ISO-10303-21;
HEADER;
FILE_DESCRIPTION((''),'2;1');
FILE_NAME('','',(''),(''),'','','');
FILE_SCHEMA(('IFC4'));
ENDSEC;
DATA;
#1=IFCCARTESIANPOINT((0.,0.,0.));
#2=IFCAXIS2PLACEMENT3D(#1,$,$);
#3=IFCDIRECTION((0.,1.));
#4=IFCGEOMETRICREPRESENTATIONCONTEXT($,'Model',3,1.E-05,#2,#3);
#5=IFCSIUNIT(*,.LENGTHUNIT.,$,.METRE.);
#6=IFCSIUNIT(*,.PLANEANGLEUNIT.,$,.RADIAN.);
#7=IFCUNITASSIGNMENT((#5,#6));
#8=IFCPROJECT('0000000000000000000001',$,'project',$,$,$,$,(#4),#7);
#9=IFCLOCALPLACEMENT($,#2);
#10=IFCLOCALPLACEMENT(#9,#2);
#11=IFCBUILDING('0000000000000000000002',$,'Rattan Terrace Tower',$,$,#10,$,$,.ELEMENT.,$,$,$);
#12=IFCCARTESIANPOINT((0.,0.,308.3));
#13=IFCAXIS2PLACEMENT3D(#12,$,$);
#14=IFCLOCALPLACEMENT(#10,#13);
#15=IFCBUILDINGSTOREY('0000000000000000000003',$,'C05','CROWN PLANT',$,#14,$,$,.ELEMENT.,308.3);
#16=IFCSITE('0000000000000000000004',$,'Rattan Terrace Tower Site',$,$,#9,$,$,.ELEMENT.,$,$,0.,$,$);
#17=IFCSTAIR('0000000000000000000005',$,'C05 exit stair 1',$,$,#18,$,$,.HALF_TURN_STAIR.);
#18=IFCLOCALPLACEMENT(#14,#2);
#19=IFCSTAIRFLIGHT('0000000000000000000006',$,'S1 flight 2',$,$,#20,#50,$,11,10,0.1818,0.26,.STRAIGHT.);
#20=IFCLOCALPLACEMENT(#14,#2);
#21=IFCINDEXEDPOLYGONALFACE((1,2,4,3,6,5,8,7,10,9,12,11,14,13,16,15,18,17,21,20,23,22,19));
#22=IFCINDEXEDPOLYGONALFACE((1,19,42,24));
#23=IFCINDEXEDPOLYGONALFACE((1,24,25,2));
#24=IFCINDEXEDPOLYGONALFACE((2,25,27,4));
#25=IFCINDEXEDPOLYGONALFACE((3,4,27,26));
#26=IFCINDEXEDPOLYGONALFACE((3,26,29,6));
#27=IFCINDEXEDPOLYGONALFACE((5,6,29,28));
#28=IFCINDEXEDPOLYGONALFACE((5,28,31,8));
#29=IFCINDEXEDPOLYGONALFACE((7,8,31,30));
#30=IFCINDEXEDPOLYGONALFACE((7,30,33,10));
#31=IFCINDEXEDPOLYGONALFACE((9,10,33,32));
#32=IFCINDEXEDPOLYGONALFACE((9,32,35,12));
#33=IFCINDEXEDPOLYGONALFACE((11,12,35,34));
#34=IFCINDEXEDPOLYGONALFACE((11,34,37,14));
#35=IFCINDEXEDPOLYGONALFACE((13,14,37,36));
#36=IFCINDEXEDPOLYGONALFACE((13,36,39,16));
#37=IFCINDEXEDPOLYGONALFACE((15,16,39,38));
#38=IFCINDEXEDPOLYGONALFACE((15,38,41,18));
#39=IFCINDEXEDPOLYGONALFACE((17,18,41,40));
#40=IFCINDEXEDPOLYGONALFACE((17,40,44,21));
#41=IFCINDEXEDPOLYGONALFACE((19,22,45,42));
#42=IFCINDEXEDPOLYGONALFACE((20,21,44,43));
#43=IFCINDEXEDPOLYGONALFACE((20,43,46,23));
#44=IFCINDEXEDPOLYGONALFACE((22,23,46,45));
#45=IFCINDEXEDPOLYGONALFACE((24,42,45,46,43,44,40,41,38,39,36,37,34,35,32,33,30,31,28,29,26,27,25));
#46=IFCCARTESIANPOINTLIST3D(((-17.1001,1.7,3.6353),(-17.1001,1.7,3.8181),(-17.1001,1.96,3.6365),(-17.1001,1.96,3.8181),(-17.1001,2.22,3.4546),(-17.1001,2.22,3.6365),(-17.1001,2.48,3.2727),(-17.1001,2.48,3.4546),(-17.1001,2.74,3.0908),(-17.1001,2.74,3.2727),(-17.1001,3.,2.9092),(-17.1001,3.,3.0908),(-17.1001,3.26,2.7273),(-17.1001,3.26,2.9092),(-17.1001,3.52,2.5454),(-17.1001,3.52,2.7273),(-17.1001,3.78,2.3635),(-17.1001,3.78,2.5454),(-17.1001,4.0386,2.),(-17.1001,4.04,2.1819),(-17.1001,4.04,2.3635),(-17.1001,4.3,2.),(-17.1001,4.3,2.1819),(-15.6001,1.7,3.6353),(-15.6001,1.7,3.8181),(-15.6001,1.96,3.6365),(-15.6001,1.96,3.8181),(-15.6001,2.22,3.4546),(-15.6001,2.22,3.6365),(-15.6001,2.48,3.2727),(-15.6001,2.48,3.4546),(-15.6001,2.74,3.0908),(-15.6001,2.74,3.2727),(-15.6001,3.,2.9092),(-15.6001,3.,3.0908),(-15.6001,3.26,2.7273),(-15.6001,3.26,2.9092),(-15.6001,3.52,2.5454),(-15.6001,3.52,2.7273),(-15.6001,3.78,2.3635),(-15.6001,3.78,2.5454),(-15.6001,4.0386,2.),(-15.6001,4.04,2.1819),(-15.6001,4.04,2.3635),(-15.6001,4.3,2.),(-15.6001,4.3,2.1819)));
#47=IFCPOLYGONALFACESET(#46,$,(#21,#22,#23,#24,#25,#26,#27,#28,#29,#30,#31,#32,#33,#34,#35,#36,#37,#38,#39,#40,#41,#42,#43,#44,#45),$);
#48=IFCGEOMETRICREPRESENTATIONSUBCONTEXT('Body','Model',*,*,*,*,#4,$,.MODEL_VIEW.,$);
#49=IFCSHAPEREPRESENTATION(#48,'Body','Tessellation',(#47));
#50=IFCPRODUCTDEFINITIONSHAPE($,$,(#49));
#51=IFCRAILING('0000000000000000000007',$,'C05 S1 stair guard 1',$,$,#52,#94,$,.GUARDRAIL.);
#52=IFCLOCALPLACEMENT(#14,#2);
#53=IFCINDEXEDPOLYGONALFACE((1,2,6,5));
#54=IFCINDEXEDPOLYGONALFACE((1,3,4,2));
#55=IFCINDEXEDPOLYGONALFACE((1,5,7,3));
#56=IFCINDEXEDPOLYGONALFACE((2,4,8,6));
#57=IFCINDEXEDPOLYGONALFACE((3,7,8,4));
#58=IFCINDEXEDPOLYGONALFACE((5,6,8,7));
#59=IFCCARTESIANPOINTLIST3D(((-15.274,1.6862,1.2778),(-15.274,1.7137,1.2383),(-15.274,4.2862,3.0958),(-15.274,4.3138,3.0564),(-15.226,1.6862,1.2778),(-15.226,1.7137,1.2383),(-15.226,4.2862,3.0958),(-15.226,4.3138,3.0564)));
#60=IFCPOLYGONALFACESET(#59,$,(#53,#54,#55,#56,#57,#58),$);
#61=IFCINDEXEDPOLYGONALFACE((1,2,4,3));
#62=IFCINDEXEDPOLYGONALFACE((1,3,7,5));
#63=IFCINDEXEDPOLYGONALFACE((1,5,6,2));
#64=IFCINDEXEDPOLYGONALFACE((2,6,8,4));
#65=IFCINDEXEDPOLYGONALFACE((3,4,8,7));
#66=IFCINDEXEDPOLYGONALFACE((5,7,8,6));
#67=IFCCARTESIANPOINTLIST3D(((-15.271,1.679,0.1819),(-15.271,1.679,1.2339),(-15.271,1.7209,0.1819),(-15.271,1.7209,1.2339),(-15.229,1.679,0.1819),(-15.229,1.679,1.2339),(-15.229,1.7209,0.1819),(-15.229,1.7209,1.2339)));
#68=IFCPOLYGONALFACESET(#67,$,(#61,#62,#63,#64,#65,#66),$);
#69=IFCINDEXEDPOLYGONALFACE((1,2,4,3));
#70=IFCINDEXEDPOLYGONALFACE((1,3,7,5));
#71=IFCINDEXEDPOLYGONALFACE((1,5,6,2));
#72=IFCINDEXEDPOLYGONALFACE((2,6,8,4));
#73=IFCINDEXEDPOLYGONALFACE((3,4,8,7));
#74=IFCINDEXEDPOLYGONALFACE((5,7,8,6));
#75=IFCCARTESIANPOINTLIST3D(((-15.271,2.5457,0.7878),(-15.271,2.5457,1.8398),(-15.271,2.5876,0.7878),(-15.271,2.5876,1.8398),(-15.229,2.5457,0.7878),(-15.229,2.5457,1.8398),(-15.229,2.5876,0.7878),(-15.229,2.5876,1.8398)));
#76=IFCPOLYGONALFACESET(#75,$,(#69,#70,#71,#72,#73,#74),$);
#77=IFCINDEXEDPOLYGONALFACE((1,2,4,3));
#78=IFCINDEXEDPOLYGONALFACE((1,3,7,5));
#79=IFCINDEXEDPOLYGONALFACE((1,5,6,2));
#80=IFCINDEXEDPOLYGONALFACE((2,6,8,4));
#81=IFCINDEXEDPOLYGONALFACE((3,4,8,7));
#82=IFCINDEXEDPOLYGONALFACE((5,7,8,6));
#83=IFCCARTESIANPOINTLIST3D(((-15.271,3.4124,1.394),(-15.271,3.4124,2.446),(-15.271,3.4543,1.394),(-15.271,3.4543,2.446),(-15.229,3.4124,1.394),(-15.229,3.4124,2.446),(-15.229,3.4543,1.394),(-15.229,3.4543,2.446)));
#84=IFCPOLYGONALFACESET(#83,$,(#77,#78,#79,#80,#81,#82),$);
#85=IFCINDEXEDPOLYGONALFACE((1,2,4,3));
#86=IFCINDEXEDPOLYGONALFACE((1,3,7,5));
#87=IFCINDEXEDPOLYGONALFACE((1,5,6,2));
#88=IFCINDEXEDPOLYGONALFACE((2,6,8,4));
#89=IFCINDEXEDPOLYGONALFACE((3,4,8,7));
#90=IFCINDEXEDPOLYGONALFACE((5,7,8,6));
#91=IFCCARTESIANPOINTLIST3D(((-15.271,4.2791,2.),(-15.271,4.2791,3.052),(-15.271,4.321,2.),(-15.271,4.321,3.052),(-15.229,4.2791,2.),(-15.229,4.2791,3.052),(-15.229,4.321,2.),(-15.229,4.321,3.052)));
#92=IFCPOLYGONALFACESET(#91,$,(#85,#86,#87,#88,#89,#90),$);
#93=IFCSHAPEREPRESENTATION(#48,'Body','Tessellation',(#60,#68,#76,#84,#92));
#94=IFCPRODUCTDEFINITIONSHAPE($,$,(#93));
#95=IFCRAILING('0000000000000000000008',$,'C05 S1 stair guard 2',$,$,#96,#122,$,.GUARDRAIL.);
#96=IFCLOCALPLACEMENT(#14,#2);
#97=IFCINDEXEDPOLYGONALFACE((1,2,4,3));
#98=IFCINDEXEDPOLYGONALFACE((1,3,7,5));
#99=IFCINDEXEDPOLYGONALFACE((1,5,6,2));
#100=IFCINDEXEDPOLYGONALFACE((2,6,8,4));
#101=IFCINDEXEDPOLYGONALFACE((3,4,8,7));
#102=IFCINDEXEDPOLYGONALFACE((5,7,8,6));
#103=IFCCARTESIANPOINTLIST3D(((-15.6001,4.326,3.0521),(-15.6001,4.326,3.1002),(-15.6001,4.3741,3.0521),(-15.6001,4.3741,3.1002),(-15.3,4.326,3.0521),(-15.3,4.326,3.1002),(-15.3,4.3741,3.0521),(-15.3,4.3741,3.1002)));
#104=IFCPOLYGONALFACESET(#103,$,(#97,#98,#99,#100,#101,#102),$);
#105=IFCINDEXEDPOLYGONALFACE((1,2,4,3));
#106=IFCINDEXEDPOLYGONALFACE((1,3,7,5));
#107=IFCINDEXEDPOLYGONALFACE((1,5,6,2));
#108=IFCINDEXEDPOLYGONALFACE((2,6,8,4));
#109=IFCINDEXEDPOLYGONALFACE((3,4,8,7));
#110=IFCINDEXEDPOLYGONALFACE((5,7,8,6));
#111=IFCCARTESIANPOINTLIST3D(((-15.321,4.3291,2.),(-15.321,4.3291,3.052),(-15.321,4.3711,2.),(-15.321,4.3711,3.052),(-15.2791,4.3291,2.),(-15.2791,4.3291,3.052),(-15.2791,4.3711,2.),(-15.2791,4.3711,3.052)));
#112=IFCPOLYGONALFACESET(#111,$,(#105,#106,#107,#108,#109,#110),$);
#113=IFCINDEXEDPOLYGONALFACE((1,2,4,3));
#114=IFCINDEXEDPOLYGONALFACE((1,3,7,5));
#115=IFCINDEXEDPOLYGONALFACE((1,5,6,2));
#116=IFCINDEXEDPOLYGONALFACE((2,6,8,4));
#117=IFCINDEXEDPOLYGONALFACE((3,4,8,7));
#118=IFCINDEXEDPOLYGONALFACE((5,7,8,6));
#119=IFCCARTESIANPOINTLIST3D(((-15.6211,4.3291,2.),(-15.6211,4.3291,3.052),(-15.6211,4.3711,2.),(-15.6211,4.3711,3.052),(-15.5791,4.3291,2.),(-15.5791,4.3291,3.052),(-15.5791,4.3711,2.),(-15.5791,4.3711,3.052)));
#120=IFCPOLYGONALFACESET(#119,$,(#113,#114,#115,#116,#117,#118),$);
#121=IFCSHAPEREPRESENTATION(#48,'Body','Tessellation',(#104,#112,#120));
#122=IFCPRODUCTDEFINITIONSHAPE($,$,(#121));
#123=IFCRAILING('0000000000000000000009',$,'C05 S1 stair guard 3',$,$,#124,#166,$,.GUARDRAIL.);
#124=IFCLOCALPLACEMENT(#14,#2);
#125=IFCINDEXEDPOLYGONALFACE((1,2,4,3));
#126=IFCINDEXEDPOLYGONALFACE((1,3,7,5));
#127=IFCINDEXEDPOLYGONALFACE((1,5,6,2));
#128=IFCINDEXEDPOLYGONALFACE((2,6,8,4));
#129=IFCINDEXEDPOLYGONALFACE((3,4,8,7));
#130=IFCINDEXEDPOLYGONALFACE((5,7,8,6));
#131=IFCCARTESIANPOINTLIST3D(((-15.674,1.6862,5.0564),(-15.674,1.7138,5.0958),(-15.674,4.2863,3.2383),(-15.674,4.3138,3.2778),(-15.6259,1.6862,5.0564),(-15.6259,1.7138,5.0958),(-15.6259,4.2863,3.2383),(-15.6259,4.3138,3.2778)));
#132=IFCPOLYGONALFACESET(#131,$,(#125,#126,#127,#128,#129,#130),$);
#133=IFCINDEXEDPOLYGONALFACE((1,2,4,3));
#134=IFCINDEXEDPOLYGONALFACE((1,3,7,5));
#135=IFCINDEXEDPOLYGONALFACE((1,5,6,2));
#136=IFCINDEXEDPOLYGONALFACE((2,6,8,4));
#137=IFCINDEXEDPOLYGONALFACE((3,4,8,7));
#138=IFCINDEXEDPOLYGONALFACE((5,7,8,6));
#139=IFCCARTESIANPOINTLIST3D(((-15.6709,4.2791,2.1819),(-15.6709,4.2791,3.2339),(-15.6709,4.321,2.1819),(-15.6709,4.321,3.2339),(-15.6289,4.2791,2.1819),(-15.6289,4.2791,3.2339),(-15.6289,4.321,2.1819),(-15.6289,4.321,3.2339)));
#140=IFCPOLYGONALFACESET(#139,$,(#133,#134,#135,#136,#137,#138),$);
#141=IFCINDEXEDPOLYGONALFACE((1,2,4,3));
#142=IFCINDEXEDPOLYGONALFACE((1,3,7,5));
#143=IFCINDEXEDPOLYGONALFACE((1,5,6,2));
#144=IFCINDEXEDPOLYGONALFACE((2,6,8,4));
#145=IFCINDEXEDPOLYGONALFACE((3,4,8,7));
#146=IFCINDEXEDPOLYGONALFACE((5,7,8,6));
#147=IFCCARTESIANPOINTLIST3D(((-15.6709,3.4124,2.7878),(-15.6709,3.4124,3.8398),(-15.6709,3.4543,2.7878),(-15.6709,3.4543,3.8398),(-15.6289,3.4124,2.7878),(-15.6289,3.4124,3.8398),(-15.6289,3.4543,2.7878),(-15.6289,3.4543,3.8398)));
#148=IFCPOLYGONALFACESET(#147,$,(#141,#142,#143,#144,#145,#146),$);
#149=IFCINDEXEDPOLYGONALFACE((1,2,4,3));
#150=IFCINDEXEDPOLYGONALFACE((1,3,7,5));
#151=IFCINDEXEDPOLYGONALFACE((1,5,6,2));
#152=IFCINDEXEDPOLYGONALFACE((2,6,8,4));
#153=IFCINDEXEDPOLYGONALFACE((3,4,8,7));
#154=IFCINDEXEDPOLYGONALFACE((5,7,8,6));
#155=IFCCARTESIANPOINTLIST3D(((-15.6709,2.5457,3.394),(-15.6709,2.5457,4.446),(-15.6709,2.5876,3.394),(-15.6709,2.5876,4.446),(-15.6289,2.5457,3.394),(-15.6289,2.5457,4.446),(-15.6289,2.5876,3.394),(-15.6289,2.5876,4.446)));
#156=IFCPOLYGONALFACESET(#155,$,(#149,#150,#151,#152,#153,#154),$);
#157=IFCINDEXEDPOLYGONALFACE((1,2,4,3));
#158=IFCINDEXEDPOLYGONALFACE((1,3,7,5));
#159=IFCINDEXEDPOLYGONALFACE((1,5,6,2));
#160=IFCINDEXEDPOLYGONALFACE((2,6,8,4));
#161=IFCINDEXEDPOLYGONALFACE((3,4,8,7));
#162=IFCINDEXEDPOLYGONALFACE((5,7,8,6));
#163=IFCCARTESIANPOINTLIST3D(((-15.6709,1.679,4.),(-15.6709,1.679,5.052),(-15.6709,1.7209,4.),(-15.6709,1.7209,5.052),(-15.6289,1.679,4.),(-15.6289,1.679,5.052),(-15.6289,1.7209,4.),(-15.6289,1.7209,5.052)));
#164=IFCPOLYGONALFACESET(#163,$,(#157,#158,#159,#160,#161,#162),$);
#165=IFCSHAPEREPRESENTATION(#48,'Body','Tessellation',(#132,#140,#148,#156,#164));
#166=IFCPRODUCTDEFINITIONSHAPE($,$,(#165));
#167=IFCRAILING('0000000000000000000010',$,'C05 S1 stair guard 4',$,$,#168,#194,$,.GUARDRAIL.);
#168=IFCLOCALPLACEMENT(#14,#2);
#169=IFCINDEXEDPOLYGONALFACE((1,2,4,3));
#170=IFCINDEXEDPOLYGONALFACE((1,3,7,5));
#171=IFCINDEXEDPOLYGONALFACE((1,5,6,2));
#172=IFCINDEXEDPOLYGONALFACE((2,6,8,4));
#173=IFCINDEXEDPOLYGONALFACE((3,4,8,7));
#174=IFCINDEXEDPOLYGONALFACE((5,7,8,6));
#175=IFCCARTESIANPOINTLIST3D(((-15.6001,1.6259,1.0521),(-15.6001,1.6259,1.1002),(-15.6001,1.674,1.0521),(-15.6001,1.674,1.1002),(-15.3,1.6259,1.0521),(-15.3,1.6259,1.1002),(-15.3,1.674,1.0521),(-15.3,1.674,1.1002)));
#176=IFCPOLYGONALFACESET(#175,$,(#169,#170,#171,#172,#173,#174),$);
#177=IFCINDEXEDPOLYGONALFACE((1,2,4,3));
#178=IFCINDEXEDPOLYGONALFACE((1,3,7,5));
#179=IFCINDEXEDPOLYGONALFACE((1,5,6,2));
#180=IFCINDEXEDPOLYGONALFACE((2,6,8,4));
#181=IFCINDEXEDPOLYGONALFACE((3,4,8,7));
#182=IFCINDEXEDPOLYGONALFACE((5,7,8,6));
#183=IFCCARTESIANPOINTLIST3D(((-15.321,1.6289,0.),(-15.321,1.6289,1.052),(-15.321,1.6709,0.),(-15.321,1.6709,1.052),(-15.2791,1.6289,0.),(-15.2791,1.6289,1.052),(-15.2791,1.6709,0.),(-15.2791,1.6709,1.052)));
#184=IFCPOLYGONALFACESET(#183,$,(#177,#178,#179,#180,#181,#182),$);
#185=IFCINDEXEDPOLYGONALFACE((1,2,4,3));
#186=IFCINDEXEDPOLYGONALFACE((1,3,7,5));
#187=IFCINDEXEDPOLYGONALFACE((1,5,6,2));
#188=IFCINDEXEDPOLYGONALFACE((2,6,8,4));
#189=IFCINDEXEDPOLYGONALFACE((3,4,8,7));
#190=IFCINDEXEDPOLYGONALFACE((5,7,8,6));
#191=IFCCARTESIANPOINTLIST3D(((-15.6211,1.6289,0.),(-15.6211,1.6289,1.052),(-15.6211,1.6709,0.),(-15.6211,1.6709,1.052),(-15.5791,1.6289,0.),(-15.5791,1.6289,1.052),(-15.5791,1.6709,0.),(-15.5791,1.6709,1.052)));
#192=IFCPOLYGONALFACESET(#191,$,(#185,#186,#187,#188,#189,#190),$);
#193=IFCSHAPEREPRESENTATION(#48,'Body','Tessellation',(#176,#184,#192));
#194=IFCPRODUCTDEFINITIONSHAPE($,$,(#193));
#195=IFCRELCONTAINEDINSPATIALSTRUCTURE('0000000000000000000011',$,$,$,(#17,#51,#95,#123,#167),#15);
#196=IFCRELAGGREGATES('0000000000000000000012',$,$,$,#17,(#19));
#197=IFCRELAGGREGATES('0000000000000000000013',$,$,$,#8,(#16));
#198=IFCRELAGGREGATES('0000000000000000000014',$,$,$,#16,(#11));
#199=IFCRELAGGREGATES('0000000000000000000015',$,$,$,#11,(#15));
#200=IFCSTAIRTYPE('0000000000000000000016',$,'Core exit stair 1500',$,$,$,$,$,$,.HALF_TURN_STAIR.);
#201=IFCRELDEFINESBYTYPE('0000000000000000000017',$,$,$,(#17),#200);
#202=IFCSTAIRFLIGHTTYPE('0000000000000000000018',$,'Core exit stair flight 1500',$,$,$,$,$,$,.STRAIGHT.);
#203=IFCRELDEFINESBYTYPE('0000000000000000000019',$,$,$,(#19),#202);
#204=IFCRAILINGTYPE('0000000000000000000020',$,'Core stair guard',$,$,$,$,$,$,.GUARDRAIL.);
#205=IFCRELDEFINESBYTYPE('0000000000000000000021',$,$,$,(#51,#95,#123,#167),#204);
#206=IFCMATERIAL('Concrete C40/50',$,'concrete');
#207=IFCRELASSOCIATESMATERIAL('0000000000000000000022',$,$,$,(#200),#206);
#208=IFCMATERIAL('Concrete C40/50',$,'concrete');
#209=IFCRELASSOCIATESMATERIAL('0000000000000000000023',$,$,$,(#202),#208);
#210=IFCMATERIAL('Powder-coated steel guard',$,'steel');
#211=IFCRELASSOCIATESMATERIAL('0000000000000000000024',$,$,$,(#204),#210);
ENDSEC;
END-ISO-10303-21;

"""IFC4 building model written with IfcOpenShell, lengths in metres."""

from ifc_helpers import new_model, si_unit, direction, frame, origin, origin_2d, place, context, subcontext, project, spatial, polyline, rectangle, outline, extrude, material, type_object, element, aggregate, save


model = new_model("IFC4")

# Units and contexts
model_context = context("Model", 3, precision=1e-05, world=origin(), true_north=direction((0.0, 1.0)))
body_context = subcontext(model_context, "Body", "Model", "MODEL_VIEW")
ifc_project = project(units=[si_unit("LENGTHUNIT", "METRE"), si_unit("PLANEANGLEUNIT", "RADIAN")], contexts=[model_context])

# Site, building, storey
site_placement = place(None, origin())
site = spatial("IfcSite", under=ifc_project, at=site_placement, Name="Rattan Terrace Tower Site", CompositionType="ELEMENT", RefElevation=0.0)
building_placement = place(site_placement, origin())
building = spatial("IfcBuilding", under=site, at=building_placement, Name="Rattan Terrace Tower", CompositionType="ELEMENT")
storey_placement = place(building_placement, frame((0.0, 0.0, 308.3)))
storey = spatial("IfcBuildingStorey", under=building, at=storey_placement, Name="C05", Description="CROWN PLANT", CompositionType="ELEMENT", Elevation=308.3)

# Stair, stair flight
ifc_material_1 = material(Name="Concrete C40/50", Category="concrete")
stair_type = type_object("IfcStairType", Name="Core exit stair 1500", PredefinedType="HALF_TURN_STAIR", material=ifc_material_1)
stair_placement = place(storey_placement, origin())
stair = element("IfcStair", 1, at=stair_placement, inside=storey, type_object=stair_type, Name="C05 exit stair 1", PredefinedType="HALF_TURN_STAIR")
ifc_material_2 = material(Name="Concrete C40/50", Category="concrete")
stair_flight_type = type_object("IfcStairFlightType", Name="Core exit stair flight 1500", PredefinedType="STRAIGHT", material=ifc_material_2)
stair_flight_1_placement = place(storey_placement, frame((-16.3501, 4.3, 2.0), z_axis=(0.0, 0.0, 1.0), x_axis=(0.0, -1.0, 0.0)))
stair_flight_1 = element("IfcStairFlight", 2, at=stair_flight_1_placement, type_object=stair_flight_type, Name="S1 flight 2", NumberOfRisers=11, NumberOfTreads=10, PredefinedType="STRAIGHT", RiserHeight=0.1818, TreadLength=0.26, context=body_context, shape_type="SweptSolid", body=[
    extrude(outline(polyline([(0.0, 0.0), (0.0, 0.1819), (0.26, 0.1819), (0.26, 0.3635), (0.52, 0.3635), (0.52, 0.5454), (0.78, 0.5454), (0.78, 0.7273), (1.04, 0.7273), (1.04, 0.9092), (1.3, 0.9092), (1.3, 1.0908), (1.5601, 1.0908), (1.5601, 1.2727), (1.8201, 1.2727), (1.8201, 1.4546), (2.0801, 1.4546), (2.0801, 1.6365), (2.3401, 1.6365), (2.3401, 1.8181), (2.6001, 1.8181), (2.6001, 2.0), (2.6001, 1.6353), (0.2615, 0.0), (0.0, 0.0)])), frame((0.0, 0.75, 0.0), z_axis=(0.0, -1.0, 0.0), x_axis=(1.0, 0.0, 0.0)), (0.0, 0.0, 1.0), 1.5),
])
aggregate(stair, [stair_flight_1])

# Railings
ifc_material_3 = material(Name="Powder-coated steel guard", Category="steel")
railing_type_1 = type_object("IfcRailingType", Name="Core stair guard", PredefinedType="GUARDRAIL", material=ifc_material_3)
railing_1_placement = place(storey_placement, frame((-15.25, 1.7, 0.1819)))
element("IfcRailing", 3, at=railing_1_placement, inside=storey, type_object=railing_type_1, Name="C05 S1 stair guard 1", PredefinedType="GUARDRAIL", context=body_context, shape_type="SweptSolid", body=[
    extrude(rectangle(XDim=0.0481, YDim=0.0481, at=origin_2d()), frame((0.0, 0.0, 1.0762), z_axis=(0.0, 0.819521, 0.573049), x_axis=(-1.0, 0.0, 0.0)), (0.0, 0.0, 1.0), 3.1726),
    extrude(rectangle(XDim=0.042, YDim=0.042, at=origin_2d()), origin(), (0.0, 0.0, 1.0), 1.052),
    extrude(rectangle(XDim=0.042, YDim=0.042, at=origin_2d()), frame((0.0, 0.8667, 0.606)), (0.0, 0.0, 1.0), 1.052),
    extrude(rectangle(XDim=0.042, YDim=0.042, at=origin_2d()), frame((0.0, 1.7334, 1.2122)), (0.0, 0.0, 1.0), 1.052),
    extrude(rectangle(XDim=0.042, YDim=0.042, at=origin_2d()), frame((0.0, 2.6001, 1.8181)), (0.0, 0.0, 1.0), 1.052),
])
railing_2_placement = place(storey_placement, frame((-15.3, 4.3501, 2.0)))
element("IfcRailing", 4, at=railing_2_placement, inside=storey, type_object=railing_type_1, Name="C05 S1 stair guard 2", PredefinedType="GUARDRAIL", context=body_context, shape_type="SweptSolid", body=[
    extrude(rectangle(XDim=0.0481, YDim=0.0481, at=origin_2d()), frame((0.0, 0.0, 1.0762), z_axis=(-1.0, 0.0, 0.0), x_axis=(0.0, -1.0, 0.0)), (0.0, 0.0, 1.0), 0.3),
    extrude(rectangle(XDim=0.042, YDim=0.042, at=origin_2d()), origin(), (0.0, 0.0, 1.0), 1.052),
    extrude(rectangle(XDim=0.042, YDim=0.042, at=origin_2d()), frame((-0.3, 0.0, 0.0)), (0.0, 0.0, 1.0), 1.052),
])
railing_3_placement = place(storey_placement, frame((-15.6499, 4.3, 2.1819)))
element("IfcRailing", 5, at=railing_3_placement, inside=storey, type_object=railing_type_1, Name="C05 S1 stair guard 3", PredefinedType="GUARDRAIL", context=body_context, shape_type="SweptSolid", body=[
    extrude(rectangle(XDim=0.0481, YDim=0.0481, at=origin_2d()), frame((0.0, 0.0, 1.0762), z_axis=(0.0, -0.819521, 0.573049), x_axis=(1.0, 0.0, 0.0)), (0.0, 0.0, 1.0), 3.1726),
    extrude(rectangle(XDim=0.042, YDim=0.042, at=origin_2d()), origin(), (0.0, 0.0, 1.0), 1.052),
    extrude(rectangle(XDim=0.042, YDim=0.042, at=origin_2d()), frame((0.0, -0.8667, 0.606)), (0.0, 0.0, 1.0), 1.052),
    extrude(rectangle(XDim=0.042, YDim=0.042, at=origin_2d()), frame((0.0, -1.7334, 1.2122)), (0.0, 0.0, 1.0), 1.052),
    extrude(rectangle(XDim=0.042, YDim=0.042, at=origin_2d()), frame((0.0, -2.6001, 1.8181)), (0.0, 0.0, 1.0), 1.052),
])
railing_4_placement = place(storey_placement, frame((-15.3, 1.6499, 0.0)))
element("IfcRailing", 6, at=railing_4_placement, inside=storey, type_object=railing_type_1, Name="C05 S1 stair guard 4", PredefinedType="GUARDRAIL", context=body_context, shape_type="SweptSolid", body=[
    extrude(rectangle(XDim=0.0481, YDim=0.0481, at=origin_2d()), frame((0.0, 0.0, 1.0762), z_axis=(-1.0, 0.0, 0.0), x_axis=(0.0, -1.0, 0.0)), (0.0, 0.0, 1.0), 0.3),
    extrude(rectangle(XDim=0.042, YDim=0.042, at=origin_2d()), origin(), (0.0, 0.0, 1.0), 1.052),
    extrude(rectangle(XDim=0.042, YDim=0.042, at=origin_2d()), frame((-0.3, 0.0, 0.0)), (0.0, 0.0, 1.0), 1.052),
])

save(model, "model.ifc")
